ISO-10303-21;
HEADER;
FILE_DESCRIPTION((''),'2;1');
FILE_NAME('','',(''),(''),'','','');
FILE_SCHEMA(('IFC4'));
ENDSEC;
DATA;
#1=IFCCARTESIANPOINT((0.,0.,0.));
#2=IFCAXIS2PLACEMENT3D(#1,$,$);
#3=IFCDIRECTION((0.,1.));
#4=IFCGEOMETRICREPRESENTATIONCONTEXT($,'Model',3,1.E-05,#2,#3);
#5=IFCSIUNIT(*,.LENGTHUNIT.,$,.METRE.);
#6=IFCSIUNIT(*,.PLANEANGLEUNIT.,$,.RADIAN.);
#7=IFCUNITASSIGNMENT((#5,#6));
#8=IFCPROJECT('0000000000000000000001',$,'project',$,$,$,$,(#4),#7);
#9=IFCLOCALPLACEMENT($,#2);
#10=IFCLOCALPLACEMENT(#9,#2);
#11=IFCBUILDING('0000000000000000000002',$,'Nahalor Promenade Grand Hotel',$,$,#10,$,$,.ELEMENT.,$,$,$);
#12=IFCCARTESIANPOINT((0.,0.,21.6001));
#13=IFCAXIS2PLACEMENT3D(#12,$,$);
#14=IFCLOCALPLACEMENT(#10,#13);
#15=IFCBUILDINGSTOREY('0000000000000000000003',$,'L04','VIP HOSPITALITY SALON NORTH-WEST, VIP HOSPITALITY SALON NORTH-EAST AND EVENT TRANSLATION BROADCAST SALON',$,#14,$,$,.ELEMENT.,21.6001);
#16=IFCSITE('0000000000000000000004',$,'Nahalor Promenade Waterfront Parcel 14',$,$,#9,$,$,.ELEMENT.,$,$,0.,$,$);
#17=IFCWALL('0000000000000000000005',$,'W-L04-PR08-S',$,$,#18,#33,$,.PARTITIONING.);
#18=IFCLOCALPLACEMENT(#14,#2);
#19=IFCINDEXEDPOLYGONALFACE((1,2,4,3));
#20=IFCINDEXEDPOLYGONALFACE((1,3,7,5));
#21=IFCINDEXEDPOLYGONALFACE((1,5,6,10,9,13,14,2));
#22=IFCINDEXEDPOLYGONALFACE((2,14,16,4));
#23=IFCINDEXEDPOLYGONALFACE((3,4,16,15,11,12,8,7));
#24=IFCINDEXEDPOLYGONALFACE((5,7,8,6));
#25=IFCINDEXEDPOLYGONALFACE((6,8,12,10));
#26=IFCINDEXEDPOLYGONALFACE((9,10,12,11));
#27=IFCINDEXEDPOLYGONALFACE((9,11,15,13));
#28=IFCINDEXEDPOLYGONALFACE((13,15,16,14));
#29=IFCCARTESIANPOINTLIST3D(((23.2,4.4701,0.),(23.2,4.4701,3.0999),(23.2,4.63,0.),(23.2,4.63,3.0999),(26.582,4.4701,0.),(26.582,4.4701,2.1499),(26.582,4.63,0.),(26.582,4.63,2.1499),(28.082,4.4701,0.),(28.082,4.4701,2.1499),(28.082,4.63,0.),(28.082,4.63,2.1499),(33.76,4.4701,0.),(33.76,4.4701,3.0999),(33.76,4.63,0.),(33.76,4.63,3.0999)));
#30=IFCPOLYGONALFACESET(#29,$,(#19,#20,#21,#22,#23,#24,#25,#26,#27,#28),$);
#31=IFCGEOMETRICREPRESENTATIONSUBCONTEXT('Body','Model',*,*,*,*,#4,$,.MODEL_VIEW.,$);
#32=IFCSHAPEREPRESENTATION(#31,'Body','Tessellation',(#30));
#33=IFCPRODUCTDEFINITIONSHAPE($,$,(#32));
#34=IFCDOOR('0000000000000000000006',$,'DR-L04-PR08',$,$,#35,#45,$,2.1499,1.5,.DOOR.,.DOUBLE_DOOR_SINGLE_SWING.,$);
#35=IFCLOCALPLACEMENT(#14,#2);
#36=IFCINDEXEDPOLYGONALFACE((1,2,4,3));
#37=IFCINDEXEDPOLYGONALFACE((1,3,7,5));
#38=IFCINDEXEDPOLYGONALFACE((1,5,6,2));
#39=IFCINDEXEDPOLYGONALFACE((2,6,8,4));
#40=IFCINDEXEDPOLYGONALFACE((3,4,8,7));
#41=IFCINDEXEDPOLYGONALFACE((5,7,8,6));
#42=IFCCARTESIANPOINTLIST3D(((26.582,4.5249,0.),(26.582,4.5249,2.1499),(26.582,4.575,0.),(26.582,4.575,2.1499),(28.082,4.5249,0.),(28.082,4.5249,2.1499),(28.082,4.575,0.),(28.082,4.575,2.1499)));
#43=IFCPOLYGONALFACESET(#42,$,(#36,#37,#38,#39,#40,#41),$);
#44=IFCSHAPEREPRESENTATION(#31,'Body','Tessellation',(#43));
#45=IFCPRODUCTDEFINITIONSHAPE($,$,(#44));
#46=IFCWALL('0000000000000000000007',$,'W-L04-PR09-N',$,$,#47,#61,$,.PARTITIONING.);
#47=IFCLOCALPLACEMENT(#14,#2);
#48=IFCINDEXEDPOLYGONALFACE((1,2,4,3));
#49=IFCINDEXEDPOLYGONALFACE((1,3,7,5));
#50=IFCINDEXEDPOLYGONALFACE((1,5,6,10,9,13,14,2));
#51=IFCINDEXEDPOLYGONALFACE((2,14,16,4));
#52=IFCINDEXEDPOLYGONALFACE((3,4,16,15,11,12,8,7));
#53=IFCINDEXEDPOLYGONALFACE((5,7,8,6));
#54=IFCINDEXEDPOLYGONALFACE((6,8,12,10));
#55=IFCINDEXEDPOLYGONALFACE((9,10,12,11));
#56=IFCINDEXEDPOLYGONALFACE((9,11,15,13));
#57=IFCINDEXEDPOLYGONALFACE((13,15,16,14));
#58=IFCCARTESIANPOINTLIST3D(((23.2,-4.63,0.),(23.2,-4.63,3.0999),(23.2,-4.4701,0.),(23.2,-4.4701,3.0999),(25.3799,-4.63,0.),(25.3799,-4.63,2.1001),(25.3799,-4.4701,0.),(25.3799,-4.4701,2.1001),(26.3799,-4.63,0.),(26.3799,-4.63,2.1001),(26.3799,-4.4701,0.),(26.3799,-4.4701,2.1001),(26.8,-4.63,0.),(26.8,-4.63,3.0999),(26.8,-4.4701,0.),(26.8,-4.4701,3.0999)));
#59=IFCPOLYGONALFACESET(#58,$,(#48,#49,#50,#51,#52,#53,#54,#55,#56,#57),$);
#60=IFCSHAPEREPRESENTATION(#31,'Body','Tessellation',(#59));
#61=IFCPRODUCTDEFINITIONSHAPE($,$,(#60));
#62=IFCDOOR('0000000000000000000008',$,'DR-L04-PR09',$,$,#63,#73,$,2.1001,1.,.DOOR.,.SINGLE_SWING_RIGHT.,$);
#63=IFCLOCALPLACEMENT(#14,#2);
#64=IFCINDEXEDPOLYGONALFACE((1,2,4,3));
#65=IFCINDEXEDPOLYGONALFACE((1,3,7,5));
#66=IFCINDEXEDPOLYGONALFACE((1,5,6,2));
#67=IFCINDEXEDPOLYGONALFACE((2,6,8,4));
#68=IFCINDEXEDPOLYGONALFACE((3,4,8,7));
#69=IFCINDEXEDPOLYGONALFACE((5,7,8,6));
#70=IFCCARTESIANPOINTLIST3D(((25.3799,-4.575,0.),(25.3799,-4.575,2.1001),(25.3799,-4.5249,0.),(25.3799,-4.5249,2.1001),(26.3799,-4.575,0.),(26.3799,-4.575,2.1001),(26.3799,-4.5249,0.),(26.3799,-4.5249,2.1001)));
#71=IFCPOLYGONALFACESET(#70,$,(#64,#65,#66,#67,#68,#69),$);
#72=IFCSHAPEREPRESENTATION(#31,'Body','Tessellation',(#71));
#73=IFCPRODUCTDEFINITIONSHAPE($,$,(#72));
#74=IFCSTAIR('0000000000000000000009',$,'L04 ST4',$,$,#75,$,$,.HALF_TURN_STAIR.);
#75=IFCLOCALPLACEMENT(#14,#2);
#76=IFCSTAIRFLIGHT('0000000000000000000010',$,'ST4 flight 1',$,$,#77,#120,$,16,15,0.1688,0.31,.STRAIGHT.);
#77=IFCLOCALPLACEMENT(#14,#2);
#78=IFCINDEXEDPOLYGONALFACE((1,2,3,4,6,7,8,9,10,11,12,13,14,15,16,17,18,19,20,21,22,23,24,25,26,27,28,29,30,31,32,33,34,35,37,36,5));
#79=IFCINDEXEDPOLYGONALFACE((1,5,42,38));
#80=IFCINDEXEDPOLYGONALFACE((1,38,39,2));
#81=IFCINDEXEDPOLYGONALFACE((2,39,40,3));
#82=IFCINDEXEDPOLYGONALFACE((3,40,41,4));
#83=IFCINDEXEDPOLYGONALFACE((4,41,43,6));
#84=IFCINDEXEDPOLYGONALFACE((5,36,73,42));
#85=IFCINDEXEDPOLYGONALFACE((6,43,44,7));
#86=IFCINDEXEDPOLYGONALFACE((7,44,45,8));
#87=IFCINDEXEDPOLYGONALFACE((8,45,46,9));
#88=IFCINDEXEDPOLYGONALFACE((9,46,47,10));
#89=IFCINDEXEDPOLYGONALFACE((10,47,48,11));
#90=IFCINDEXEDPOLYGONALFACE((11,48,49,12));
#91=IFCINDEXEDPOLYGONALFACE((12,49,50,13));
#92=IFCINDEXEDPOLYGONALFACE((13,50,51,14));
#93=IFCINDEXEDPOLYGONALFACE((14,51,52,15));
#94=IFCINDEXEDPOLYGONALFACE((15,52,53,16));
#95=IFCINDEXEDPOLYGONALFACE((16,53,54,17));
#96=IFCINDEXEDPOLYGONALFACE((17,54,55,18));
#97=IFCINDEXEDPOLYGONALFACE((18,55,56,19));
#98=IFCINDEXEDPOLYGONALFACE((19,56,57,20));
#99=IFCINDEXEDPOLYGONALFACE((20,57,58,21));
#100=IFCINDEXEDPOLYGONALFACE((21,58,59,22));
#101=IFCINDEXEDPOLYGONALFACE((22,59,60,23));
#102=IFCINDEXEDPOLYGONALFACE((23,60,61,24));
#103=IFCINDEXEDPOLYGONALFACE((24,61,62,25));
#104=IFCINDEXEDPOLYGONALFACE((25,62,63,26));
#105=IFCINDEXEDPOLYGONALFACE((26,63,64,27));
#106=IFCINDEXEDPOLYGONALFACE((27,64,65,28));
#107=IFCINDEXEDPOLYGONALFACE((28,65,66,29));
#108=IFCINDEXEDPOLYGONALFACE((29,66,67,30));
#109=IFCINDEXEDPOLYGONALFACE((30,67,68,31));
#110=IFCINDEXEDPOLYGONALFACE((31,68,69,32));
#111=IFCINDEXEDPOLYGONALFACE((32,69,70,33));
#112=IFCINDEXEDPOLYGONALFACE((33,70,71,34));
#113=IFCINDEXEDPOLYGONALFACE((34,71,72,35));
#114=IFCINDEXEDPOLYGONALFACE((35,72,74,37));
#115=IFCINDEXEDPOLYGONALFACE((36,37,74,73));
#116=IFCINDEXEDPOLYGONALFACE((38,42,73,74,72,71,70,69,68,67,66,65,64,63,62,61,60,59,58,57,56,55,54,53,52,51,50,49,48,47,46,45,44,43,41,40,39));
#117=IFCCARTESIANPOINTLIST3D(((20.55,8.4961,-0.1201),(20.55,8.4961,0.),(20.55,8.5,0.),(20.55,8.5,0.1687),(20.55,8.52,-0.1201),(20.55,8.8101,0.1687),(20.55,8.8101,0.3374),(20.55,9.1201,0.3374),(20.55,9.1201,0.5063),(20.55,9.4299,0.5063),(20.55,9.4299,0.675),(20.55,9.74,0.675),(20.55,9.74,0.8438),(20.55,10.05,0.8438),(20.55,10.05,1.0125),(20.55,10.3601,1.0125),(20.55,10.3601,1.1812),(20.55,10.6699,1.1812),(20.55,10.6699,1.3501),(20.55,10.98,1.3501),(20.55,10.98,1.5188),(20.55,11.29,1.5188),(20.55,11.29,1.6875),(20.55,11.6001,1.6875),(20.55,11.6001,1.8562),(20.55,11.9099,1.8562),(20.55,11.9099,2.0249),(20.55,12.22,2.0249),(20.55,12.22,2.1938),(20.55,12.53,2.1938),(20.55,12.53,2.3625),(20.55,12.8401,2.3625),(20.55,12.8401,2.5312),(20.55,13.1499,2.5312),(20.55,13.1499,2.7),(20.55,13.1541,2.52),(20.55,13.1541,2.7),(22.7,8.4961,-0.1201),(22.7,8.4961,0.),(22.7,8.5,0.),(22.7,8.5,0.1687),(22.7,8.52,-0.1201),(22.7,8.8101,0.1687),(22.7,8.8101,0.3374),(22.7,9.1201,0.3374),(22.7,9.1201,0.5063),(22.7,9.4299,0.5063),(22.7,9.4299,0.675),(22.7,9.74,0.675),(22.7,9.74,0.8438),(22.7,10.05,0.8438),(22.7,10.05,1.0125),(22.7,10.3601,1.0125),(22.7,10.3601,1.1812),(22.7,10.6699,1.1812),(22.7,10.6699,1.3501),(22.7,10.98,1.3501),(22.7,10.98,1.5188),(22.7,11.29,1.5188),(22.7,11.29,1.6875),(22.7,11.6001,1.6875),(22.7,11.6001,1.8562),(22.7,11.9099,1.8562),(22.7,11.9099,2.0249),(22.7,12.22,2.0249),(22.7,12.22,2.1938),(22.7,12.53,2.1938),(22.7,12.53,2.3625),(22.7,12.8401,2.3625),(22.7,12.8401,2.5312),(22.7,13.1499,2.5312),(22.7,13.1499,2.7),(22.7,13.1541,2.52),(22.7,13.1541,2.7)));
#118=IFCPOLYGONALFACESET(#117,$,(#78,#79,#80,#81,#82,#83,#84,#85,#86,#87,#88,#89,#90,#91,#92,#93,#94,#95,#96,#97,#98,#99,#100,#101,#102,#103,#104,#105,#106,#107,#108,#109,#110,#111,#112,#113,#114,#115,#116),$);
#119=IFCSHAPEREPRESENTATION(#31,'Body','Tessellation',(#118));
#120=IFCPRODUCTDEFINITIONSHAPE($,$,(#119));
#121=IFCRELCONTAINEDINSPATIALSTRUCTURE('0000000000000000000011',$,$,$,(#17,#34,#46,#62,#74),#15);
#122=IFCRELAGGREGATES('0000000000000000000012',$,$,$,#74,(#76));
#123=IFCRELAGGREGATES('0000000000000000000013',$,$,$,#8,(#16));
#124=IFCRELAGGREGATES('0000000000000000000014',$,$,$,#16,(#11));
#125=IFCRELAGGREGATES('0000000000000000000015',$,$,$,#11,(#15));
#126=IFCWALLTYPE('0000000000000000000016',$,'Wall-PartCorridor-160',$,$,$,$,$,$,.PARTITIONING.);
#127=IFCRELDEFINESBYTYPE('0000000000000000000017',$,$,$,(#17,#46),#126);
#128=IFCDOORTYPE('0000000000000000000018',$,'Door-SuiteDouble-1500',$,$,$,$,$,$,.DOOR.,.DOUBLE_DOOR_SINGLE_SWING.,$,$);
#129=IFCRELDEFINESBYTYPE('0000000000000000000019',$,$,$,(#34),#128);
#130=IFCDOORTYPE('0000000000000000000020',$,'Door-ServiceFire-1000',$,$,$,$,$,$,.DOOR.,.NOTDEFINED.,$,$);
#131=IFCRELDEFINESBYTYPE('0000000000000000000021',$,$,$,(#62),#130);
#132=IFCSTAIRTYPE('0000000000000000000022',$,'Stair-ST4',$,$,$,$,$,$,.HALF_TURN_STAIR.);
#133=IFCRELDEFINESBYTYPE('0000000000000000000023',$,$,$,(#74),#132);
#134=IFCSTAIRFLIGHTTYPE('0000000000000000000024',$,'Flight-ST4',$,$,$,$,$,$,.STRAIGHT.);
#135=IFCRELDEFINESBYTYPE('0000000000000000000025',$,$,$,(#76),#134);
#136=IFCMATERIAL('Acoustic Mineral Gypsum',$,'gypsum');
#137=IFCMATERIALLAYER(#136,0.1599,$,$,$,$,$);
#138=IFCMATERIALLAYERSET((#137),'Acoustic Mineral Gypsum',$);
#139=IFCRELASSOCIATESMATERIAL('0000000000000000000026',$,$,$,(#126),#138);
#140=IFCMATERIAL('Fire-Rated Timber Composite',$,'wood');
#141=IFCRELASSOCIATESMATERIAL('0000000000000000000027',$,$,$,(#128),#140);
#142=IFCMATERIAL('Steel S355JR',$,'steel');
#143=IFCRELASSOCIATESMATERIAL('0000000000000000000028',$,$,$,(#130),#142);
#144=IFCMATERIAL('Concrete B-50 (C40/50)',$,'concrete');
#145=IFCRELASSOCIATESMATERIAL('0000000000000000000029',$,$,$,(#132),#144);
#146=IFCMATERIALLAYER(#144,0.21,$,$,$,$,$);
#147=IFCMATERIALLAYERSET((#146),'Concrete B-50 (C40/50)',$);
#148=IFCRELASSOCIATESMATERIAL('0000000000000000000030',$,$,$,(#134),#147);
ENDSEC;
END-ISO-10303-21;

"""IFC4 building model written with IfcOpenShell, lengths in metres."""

from ifc_helpers import new_model, si_unit, direction, frame, frame_2d, origin, place, context, subcontext, project, spatial, polyline, rectangle, outline, extrude, source, transform, mapped, material, layer, layer_set, type_object, element, fill, aggregate, save


model = new_model("IFC4")

# Units and contexts
model_context = context("Model", 3, precision=1e-05, world=origin(), true_north=direction((0.0, 1.0)))
body_context = subcontext(model_context, "Body", "Model", "MODEL_VIEW")
ifc_project = project(units=[si_unit("LENGTHUNIT", "METRE"), si_unit("PLANEANGLEUNIT", "RADIAN")], contexts=[model_context])

# Site, building, storey
site_placement = place(None, origin())
site = spatial("IfcSite", under=ifc_project, at=site_placement, Name="Nahalor Promenade Waterfront Parcel 14", CompositionType="ELEMENT", RefElevation=0.0)
building_placement = place(site_placement, origin())
building = spatial("IfcBuilding", under=site, at=building_placement, Name="Nahalor Promenade Grand Hotel", CompositionType="ELEMENT")
storey_placement = place(building_placement, frame((0.0, 0.0, 21.6001)))
storey = spatial("IfcBuildingStorey", under=building, at=storey_placement, Name="L04", Description="VIP HOSPITALITY SALON NORTH-WEST, VIP HOSPITALITY SALON NORTH-EAST AND EVENT TRANSLATION BROADCAST SALON", CompositionType="ELEMENT", Elevation=21.6001)

# Shared definitions
ifc_material_1 = material(Name="Steel S355JR", Category="steel")

# Shared definitions
ifc_material_2 = material(Name="Concrete B-50 (C40/50)", Category="concrete")

# Shared definitions
ifc_material_3 = material(Name="Acoustic Mineral Gypsum", Category="gypsum")
ifc_layer_1 = layer(ifc_material_3, 0.1599)
ifc_layer_set_1 = layer_set([ifc_layer_1], Name="Acoustic Mineral Gypsum")
wall_type_1 = type_object("IfcWallType", Name="Wall-PartCorridor-160", PredefinedType="PARTITIONING", material=ifc_layer_set_1)
ifc_material_4 = material(Name="Fire-Rated Timber Composite", Category="wood")
door_type_1 = type_object("IfcDoorType", Name="Door-SuiteDouble-1500", OperationType="DOUBLE_DOOR_SINGLE_SWING", PredefinedType="DOOR", material=ifc_material_4)
shared_shape_1 = source(origin(), body_context, "Body", "SweptSolid", [
    extrude(rectangle(XDim=1.5, YDim=2.1499, at=frame_2d((0.75, 1.075))), frame((0.0, 0.0249, 0.0), z_axis=(0.0, -1.0, 0.0), x_axis=(1.0, 0.0, 0.0)), (0.0, 0.0, 1.0), 0.05),
])

# Walls, openings, doors
shared_shape_2 = source(origin(), body_context, "Body", "SweptSolid", [
    extrude(rectangle(XDim=10.5601, YDim=0.1599, at=frame_2d((5.28, 0.0))), origin(), (0.0, 0.0, 1.0), 3.0999),
])
wall_1_placement = place(storey_placement, frame((23.2, 4.55, 0.0), z_axis=(0.0, 0.0, 1.0), x_axis=(1.0, 0.0, 0.0)))
wall_1 = element("IfcWall", 1, at=wall_1_placement, inside=storey, type_object=wall_type_1, Name="W-L04-PR08-S", PredefinedType="PARTITIONING", context=body_context, shape_type="MappedRepresentation", body=[
    mapped(shared_shape_2, transform((0.0, 0.0, 0.0), scale=1.0)),
])
opening_1_placement = place(wall_1_placement, frame((3.3821, 0.0, 0.0)))
opening_1 = element("IfcOpeningElement", 2, at=opening_1_placement, cuts=wall_1, PredefinedType="OPENING", context=body_context, shape_type="SweptSolid", body=[
    extrude(rectangle(XDim=1.5, YDim=2.1499, at=frame_2d((0.75, 1.075))), frame((0.0, 0.0898, 0.0), z_axis=(0.0, -1.0, 0.0), x_axis=(1.0, 0.0, 0.0)), (0.0, 0.0, 1.0), 0.1799),
])
door_1_placement = place(opening_1_placement, origin())
door_1 = element("IfcDoor", 3, at=door_1_placement, inside=storey, type_object=door_type_1, Name="DR-L04-PR08", OperationType="DOUBLE_DOOR_SINGLE_SWING", OverallHeight=2.1499, OverallWidth=1.5, PredefinedType="DOOR", context=body_context, shape_type="MappedRepresentation", body=[
    mapped(shared_shape_1, transform((0.0, 0.0, 0.0), scale=1.0)),
])
fill(opening_1, door_1)
shared_shape_3 = source(origin(), body_context, "Body", "SweptSolid", [
    extrude(rectangle(XDim=3.6001, YDim=0.1599, at=frame_2d((1.8, 0.0))), origin(), (0.0, 0.0, 1.0), 3.0999),
])
wall_2_placement = place(storey_placement, frame((23.2, -4.55, 0.0), z_axis=(0.0, 0.0, 1.0), x_axis=(1.0, 0.0, 0.0)))
wall_2 = element("IfcWall", 4, at=wall_2_placement, inside=storey, type_object=wall_type_1, Name="W-L04-PR09-N", PredefinedType="PARTITIONING", context=body_context, shape_type="MappedRepresentation", body=[
    mapped(shared_shape_3, transform((0.0, 0.0, 0.0), scale=1.0)),
])
opening_2_placement = place(wall_2_placement, frame((2.1799, 0.0, 0.0)))
opening_2 = element("IfcOpeningElement", 5, at=opening_2_placement, cuts=wall_2, PredefinedType="OPENING", context=body_context, shape_type="SweptSolid", body=[
    extrude(rectangle(XDim=1.0, YDim=2.1001, at=frame_2d((0.5, 1.05))), frame((0.0, 0.0898, 0.0), z_axis=(0.0, -1.0, 0.0), x_axis=(1.0, 0.0, 0.0)), (0.0, 0.0, 1.0), 0.1799),
])
door_type_2 = type_object("IfcDoorType", Name="Door-ServiceFire-1000", OperationType="NOTDEFINED", PredefinedType="DOOR", material=ifc_material_1)
shared_shape_4 = source(origin(), body_context, "Body", "SweptSolid", [
    extrude(rectangle(XDim=1.0, YDim=2.1001, at=frame_2d((0.5, 1.05))), frame((0.0, 0.0249, 0.0), z_axis=(0.0, -1.0, 0.0), x_axis=(1.0, 0.0, 0.0)), (0.0, 0.0, 1.0), 0.05),
])
door_2_placement = place(opening_2_placement, frame((1.0, 0.0, 0.0), z_axis=(0.0, 0.0, 1.0), x_axis=(-1.0, 0.0, 0.0)))
door_2 = element("IfcDoor", 6, at=door_2_placement, inside=storey, type_object=door_type_2, Name="DR-L04-PR09", OperationType="SINGLE_SWING_RIGHT", OverallHeight=2.1001, OverallWidth=1.0, PredefinedType="DOOR", context=body_context, shape_type="MappedRepresentation", body=[
    mapped(shared_shape_4, transform((0.0, 0.0, 0.0), scale=1.0)),
])
fill(opening_2, door_2)

# Stair, stair flight
stair_type = type_object("IfcStairType", Name="Stair-ST4", PredefinedType="HALF_TURN_STAIR", material=ifc_material_2)
stair_placement = place(storey_placement, origin())
stair = element("IfcStair", 7, at=stair_placement, inside=storey, type_object=stair_type, Name="L04 ST4", PredefinedType="HALF_TURN_STAIR")
ifc_layer_2 = layer(ifc_material_2, 0.21)
ifc_layer_set_2 = layer_set([ifc_layer_2], Name="Concrete B-50 (C40/50)")
stair_flight_type = type_object("IfcStairFlightType", Name="Flight-ST4", PredefinedType="STRAIGHT", material=ifc_layer_set_2)
shared_shape_5 = source(origin(), body_context, "Body", "SweptSolid", [
    extrude(outline(polyline([(-0.0039, -0.1201), (-0.0039, 0.0), (0.0, 0.0), (0.0, 0.1687), (0.3101, 0.1687), (0.3101, 0.3374), (0.6201, 0.3374), (0.6201, 0.5063), (0.9299, 0.5063), (0.9299, 0.675), (1.24, 0.675), (1.24, 0.8438), (1.55, 0.8438), (1.55, 1.0125), (1.8601, 1.0125), (1.8601, 1.1812), (2.1699, 1.1812), (2.1699, 1.3501), (2.48, 1.3501), (2.48, 1.5188), (2.79, 1.5188), (2.79, 1.6875), (3.1001, 1.6875), (3.1001, 1.8562), (3.4099, 1.8562), (3.4099, 2.0249), (3.72, 2.0249), (3.72, 2.1938), (4.03, 2.1938), (4.03, 2.3625), (4.3401, 2.3625), (4.3401, 2.5312), (4.6499, 2.5312), (4.6499, 2.7), (4.6541, 2.7), (4.6541, 2.52), (0.02, -0.1201), (-0.0039, -0.1201)])), frame((0.0, 1.075, 0.0), z_axis=(0.0, -1.0, 0.0), x_axis=(1.0, 0.0, 0.0)), (0.0, 0.0, 1.0), 2.1499),
])
stair_flight_placement = place(storey_placement, frame((21.625, 8.5, 0.0), z_axis=(0.0, 0.0, 1.0), x_axis=(0.0, 1.0, 0.0)))
stair_flight = element("IfcStairFlight", 8, at=stair_flight_placement, type_object=stair_flight_type, Name="ST4 flight 1", NumberOfRisers=16, NumberOfTreads=15, PredefinedType="STRAIGHT", RiserHeight=0.1688, TreadLength=0.31, context=body_context, shape_type="MappedRepresentation", body=[
    mapped(shared_shape_5, transform((0.0, 0.0, 0.0), scale=1.0)),
])
aggregate(stair, [stair_flight])

save(model, "model.ifc")
